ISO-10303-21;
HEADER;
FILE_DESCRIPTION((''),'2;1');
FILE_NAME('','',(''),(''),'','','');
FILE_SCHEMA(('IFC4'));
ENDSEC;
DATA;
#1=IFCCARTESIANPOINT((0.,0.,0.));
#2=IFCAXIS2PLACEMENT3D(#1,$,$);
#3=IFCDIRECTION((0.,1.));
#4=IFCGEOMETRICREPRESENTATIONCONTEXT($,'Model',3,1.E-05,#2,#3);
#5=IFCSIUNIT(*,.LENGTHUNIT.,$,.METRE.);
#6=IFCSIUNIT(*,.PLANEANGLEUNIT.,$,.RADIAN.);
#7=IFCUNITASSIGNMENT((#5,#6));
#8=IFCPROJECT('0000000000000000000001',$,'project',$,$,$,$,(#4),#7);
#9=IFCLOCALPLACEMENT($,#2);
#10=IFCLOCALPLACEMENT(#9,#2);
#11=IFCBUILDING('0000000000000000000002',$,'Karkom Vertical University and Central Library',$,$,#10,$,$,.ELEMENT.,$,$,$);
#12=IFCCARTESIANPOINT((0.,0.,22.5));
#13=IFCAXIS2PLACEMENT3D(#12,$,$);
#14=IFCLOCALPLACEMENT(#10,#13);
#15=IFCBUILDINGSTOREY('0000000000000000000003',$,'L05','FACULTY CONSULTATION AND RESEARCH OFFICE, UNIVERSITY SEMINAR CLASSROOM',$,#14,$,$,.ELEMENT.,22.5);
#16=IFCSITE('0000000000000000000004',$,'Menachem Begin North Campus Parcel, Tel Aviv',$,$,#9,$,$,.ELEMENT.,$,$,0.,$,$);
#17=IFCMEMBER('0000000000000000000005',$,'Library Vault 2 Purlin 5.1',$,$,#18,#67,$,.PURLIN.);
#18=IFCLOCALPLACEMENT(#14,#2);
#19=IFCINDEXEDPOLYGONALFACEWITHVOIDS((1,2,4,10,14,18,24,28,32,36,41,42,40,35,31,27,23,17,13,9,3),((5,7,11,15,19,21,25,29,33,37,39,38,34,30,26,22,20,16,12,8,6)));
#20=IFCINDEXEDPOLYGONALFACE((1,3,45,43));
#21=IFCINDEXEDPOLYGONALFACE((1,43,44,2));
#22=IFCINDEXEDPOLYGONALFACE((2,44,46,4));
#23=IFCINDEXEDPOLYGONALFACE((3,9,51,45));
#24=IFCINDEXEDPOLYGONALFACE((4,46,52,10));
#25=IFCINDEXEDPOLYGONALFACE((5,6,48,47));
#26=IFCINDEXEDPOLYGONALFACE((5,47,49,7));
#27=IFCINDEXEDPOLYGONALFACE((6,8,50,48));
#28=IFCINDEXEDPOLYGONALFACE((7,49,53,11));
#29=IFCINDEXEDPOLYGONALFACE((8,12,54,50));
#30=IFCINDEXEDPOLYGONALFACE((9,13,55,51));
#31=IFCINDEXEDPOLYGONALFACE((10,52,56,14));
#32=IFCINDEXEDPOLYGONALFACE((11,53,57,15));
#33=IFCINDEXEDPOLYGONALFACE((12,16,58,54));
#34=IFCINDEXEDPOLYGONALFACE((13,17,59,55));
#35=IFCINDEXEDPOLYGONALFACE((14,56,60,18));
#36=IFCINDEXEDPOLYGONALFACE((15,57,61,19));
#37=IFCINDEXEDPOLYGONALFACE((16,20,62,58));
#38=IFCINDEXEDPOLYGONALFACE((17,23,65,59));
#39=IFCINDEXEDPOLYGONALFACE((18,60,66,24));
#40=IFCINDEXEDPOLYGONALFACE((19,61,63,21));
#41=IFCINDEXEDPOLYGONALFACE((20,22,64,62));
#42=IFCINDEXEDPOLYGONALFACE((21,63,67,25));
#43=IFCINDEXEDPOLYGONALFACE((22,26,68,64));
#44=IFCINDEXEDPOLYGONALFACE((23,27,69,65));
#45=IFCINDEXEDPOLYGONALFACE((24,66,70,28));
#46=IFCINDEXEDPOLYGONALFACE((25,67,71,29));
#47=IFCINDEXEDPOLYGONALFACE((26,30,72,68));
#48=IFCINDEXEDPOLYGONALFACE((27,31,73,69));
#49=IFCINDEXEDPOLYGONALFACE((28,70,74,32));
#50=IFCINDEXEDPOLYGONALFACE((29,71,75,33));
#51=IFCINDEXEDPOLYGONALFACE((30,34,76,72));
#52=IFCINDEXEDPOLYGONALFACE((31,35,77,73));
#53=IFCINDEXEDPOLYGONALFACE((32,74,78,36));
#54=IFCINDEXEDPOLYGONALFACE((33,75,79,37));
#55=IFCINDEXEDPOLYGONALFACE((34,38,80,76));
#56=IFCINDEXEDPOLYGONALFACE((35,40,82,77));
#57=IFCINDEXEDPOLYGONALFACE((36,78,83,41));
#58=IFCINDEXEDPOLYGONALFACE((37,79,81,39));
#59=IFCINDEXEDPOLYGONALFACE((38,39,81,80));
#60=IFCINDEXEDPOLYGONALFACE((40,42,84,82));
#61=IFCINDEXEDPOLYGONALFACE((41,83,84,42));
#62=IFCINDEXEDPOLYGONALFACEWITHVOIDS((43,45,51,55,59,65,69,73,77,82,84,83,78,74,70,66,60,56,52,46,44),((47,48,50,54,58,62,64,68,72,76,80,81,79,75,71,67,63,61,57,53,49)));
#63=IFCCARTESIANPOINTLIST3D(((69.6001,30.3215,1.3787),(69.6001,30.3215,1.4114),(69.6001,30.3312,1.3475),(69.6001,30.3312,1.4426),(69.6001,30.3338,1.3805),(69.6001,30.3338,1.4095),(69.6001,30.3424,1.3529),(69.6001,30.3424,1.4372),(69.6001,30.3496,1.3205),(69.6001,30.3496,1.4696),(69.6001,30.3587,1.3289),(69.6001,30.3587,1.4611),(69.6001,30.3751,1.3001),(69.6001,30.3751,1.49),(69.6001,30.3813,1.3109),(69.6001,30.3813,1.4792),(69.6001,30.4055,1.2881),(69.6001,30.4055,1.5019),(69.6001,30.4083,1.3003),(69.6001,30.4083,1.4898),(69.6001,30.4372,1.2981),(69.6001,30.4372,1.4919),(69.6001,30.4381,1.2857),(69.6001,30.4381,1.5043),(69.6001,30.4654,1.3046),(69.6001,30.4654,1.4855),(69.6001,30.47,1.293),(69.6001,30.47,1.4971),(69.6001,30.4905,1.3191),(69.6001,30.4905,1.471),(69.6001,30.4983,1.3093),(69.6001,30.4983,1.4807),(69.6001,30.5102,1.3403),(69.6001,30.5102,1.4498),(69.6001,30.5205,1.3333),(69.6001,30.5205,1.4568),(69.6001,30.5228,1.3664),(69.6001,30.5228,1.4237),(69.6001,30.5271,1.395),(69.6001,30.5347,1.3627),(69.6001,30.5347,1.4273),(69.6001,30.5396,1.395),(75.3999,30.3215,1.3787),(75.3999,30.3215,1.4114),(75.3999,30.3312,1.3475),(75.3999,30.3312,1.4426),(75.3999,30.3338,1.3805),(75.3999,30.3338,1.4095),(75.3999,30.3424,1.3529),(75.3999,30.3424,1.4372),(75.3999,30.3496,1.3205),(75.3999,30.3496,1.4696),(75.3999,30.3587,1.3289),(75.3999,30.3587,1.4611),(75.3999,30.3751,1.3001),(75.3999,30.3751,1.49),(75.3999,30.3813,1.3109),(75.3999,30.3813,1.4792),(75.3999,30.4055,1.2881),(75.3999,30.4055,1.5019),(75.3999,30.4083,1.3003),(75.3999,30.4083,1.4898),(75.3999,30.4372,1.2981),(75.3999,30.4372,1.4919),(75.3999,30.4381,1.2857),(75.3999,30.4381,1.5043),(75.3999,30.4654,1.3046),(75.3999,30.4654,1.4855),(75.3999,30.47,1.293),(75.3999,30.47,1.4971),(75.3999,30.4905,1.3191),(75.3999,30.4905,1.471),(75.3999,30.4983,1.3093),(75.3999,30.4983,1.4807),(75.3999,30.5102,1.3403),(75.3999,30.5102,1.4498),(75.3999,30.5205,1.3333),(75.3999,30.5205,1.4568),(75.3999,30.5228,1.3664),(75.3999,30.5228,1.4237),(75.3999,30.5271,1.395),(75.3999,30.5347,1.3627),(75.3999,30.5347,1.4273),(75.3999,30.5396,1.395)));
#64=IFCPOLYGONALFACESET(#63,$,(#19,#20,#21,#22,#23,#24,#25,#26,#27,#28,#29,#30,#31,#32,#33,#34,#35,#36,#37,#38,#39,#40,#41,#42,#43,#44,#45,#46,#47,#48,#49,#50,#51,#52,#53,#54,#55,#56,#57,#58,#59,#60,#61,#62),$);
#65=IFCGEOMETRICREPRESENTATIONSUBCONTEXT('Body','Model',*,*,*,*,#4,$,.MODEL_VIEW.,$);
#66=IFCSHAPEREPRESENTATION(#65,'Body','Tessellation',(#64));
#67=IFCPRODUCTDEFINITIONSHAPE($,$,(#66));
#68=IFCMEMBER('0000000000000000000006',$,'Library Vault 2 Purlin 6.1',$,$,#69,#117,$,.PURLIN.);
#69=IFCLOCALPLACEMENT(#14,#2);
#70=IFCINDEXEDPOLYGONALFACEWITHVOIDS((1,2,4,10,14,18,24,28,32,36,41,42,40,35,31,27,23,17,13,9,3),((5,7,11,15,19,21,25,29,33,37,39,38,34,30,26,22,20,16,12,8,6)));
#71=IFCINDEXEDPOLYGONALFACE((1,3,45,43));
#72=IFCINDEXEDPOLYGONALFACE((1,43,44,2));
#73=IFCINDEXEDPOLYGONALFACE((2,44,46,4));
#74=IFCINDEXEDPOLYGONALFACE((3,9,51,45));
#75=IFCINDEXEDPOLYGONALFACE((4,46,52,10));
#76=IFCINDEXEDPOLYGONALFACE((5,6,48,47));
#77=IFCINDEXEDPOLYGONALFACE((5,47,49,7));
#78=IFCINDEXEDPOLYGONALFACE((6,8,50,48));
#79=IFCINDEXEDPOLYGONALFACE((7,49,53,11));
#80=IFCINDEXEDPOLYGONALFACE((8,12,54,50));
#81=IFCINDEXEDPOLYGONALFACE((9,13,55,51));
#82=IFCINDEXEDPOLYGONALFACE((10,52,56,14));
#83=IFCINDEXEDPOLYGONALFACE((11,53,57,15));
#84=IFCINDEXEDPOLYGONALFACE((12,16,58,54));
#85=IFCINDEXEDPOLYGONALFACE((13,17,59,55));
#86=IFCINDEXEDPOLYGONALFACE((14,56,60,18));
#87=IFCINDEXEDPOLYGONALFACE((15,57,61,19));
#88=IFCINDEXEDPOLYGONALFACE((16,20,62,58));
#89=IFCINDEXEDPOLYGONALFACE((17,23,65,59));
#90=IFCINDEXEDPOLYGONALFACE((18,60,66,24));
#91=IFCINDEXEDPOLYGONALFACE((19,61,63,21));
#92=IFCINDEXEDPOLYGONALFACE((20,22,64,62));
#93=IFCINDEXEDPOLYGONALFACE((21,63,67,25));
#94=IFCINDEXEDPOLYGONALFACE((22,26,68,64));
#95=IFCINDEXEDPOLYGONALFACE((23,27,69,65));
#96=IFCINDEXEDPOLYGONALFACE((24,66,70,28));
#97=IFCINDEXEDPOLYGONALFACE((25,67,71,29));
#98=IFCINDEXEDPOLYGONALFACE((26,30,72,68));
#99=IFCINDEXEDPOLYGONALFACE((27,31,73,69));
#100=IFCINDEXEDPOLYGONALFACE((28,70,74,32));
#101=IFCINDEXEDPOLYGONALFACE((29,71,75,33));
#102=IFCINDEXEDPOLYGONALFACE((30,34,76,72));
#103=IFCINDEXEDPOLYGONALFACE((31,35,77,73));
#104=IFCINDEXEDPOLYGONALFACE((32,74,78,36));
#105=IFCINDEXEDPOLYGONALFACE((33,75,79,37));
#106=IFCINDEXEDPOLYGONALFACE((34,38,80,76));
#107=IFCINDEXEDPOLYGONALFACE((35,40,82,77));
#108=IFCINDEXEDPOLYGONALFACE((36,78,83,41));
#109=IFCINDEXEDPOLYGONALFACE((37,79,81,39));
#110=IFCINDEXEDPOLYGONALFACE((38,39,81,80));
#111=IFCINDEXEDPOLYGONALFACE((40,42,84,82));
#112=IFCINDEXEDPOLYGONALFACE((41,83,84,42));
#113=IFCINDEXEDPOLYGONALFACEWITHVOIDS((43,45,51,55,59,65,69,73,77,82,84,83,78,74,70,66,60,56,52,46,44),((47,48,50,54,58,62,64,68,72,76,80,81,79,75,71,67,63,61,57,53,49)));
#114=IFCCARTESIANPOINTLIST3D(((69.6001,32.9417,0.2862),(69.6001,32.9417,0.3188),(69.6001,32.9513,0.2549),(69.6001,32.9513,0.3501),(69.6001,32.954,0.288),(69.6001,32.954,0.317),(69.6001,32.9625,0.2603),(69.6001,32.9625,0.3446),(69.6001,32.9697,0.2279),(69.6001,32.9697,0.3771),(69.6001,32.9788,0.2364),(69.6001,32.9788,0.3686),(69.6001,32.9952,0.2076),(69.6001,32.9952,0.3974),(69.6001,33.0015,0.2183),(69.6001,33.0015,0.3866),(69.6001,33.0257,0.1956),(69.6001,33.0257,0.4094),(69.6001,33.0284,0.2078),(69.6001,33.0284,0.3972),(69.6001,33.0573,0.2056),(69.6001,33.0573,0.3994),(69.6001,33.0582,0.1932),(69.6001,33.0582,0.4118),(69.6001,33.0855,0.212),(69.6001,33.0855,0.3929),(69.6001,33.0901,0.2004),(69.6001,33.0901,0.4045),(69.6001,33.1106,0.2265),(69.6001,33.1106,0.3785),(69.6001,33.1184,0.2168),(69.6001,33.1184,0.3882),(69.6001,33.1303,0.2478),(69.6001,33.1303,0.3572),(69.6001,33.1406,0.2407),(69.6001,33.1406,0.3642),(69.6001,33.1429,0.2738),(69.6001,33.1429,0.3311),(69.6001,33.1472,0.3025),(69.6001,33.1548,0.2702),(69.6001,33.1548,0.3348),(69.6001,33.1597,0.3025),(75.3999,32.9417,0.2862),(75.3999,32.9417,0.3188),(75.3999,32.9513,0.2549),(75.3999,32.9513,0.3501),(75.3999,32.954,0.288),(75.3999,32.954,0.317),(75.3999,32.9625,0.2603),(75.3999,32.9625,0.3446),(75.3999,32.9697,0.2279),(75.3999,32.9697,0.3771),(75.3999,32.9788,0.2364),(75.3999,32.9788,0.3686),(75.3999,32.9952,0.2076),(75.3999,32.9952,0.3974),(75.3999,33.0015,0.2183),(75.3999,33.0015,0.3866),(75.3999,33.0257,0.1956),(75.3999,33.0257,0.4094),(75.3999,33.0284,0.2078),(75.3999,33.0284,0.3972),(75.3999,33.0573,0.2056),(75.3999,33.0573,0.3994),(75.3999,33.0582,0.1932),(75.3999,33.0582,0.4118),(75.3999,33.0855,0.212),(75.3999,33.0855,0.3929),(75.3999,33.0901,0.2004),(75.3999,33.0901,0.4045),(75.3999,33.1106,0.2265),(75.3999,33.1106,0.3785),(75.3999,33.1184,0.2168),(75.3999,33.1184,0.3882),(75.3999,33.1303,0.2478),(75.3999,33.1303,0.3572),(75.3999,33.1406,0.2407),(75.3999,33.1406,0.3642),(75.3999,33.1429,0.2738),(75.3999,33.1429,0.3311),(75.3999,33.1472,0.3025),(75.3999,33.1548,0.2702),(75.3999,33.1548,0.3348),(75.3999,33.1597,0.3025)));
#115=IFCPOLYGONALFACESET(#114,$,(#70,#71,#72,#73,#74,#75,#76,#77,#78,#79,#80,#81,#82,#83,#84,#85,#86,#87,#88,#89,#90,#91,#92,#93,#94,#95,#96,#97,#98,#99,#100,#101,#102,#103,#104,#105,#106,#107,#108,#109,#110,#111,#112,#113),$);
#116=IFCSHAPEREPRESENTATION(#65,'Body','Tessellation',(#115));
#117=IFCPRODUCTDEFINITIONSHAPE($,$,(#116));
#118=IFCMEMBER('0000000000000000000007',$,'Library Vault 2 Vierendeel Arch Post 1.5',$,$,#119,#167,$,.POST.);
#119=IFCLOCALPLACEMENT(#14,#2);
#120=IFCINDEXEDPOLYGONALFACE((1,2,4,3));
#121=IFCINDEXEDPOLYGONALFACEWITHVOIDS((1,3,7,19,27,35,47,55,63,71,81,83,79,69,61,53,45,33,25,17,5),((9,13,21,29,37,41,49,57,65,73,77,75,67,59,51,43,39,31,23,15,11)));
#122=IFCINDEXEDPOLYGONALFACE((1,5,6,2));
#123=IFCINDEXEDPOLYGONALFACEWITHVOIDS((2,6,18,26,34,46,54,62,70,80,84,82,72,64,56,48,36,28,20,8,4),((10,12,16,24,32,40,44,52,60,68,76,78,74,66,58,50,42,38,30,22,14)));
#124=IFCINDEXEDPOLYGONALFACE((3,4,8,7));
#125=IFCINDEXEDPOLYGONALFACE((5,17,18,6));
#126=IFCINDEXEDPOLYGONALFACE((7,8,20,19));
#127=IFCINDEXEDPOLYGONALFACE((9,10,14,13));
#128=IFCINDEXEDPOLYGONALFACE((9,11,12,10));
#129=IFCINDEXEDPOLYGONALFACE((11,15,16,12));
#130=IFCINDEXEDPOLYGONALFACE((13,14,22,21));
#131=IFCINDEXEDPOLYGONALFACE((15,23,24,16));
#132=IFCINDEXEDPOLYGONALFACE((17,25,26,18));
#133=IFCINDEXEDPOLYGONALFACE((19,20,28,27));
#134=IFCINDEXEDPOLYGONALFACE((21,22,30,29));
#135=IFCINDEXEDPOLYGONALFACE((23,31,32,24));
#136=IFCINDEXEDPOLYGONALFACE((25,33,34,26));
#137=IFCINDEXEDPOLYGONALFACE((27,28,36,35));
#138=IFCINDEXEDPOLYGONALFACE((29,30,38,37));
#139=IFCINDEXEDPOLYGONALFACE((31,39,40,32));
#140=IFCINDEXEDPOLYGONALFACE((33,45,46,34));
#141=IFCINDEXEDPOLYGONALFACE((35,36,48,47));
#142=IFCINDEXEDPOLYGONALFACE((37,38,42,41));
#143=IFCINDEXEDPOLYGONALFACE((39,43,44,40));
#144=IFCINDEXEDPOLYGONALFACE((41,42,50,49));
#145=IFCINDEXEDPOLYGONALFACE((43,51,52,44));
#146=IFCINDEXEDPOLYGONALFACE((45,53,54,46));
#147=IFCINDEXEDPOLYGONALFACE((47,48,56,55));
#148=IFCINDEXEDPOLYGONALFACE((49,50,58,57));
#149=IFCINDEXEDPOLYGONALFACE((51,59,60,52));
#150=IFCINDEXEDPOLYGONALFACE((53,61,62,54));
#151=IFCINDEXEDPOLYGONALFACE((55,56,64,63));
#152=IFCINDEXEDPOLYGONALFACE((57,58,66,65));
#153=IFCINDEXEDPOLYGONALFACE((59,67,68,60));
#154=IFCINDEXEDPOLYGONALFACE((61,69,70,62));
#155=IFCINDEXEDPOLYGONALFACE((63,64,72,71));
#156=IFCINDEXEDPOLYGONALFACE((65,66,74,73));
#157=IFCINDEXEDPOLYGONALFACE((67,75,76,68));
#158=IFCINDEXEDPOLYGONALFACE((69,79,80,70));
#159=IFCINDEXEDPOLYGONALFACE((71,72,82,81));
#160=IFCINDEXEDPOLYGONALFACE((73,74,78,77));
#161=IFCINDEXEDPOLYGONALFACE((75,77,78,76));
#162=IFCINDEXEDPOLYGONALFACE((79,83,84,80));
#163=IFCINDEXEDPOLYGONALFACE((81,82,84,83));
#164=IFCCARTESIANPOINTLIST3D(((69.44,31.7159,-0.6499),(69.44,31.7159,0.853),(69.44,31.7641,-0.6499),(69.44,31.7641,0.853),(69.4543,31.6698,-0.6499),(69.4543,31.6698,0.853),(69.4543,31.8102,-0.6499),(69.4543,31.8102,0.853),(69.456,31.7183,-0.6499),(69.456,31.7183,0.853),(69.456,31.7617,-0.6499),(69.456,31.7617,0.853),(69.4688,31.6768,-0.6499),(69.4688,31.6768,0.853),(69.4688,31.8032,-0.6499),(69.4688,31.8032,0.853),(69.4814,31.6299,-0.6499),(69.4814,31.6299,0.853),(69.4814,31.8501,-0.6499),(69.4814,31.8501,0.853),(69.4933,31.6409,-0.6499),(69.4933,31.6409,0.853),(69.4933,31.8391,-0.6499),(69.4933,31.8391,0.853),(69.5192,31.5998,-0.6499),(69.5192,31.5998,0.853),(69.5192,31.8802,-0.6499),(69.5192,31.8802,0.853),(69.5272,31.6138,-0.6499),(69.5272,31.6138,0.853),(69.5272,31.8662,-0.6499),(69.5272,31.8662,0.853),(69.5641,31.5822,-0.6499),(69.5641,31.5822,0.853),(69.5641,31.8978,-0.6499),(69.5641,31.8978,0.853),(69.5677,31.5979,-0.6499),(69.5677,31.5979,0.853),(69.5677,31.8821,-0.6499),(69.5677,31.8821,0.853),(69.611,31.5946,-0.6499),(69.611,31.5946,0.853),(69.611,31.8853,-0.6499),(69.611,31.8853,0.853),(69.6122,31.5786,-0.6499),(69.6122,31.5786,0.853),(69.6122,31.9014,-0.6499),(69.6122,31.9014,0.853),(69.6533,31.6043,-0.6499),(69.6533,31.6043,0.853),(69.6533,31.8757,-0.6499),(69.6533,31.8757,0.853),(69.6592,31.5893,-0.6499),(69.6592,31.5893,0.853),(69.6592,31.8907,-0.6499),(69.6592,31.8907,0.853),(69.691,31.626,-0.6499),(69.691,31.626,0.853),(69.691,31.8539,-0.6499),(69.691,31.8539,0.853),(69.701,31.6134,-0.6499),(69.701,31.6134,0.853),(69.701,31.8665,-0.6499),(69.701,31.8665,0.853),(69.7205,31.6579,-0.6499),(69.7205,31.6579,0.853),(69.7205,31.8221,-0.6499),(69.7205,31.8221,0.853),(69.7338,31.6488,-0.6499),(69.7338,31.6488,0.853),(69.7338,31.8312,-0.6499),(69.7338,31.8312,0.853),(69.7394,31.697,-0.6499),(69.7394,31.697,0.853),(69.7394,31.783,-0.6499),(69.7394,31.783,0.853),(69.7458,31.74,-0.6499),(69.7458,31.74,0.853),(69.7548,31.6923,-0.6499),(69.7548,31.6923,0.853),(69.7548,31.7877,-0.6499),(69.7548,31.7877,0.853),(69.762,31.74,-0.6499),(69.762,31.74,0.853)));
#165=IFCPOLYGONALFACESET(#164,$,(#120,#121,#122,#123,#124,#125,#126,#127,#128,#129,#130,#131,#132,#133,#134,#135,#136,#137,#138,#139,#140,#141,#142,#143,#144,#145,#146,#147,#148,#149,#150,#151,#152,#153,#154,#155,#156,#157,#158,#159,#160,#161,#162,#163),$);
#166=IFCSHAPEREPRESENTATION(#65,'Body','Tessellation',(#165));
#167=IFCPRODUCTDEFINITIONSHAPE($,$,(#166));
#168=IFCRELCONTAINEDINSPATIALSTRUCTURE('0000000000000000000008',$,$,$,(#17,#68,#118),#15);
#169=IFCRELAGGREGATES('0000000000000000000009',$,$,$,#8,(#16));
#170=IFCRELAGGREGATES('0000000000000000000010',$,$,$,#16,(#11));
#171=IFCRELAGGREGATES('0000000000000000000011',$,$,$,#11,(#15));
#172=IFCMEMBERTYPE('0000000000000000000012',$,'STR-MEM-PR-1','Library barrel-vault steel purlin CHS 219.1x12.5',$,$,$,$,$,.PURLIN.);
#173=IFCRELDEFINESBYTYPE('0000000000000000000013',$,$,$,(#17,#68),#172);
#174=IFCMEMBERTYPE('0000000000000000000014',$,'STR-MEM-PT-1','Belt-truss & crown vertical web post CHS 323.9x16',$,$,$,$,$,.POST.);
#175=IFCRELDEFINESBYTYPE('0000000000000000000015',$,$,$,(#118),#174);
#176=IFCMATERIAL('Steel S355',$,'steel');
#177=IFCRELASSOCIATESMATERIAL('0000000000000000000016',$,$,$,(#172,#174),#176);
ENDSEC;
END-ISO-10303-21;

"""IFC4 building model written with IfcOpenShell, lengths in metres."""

from ifc_helpers import new_model, si_unit, direction, frame, origin, origin_with_axes, origin_2d, place, context, subcontext, project, spatial, hollow_circle, extrude, source, transform, mapped, material, material_profile, profile_set, type_object, element, save


model = new_model("IFC4")

# Units and contexts
model_context = context("Model", 3, precision=1e-05, world=origin(), true_north=direction((0.0, 1.0)))
body_context = subcontext(model_context, "Body", "Model", "MODEL_VIEW")
ifc_project = project(units=[si_unit("LENGTHUNIT", "METRE"), si_unit("PLANEANGLEUNIT", "RADIAN")], contexts=[model_context])

# Site, building, storey
site_placement = place(None, origin())
site = spatial("IfcSite", under=ifc_project, at=site_placement, Name="Menachem Begin North Campus Parcel, Tel Aviv", CompositionType="ELEMENT", RefElevation=0.0)
building_placement = place(site_placement, origin())
building = spatial("IfcBuilding", under=site, at=building_placement, Name="Karkom Vertical University and Central Library", CompositionType="ELEMENT")
storey_placement = place(building_placement, frame((0.0, 0.0, 22.5)))
storey = spatial("IfcBuildingStorey", under=building, at=storey_placement, Name="L05", Description="FACULTY CONSULTATION AND RESEARCH OFFICE, UNIVERSITY SEMINAR CLASSROOM", CompositionType="ELEMENT", Elevation=22.5)

# Members
ifc_material_1 = material(Name="Steel S355", Category="steel")
ifc_material_profile_1 = material_profile(ifc_material_1, hollow_circle(Radius=0.1096, WallThickness=0.0125, at=origin_2d()), Name="CHS 219.1x12.5")
ifc_profile_set_1 = profile_set([ifc_material_profile_1], Name="Steel S355")
member_type_1 = type_object("IfcMemberType", Name="STR-MEM-PR-1", Description="Library barrel-vault steel purlin CHS 219.1x12.5", PredefinedType="PURLIN", material=ifc_profile_set_1)
shared_shape_1 = source(origin_with_axes(), body_context, "Body", "SweptSolid", [
    extrude(hollow_circle(Radius=0.1096, WallThickness=0.0125, at=origin_2d()), origin(), (0.0, 0.0, 1.0), 5.7998),
])
for number, where, z_axis, x_axis, name in (
    (1, (69.6001, 30.4299, 1.395), (1.0, 0.0, 0.0), (0.0, 1.0, 0.0), "Library Vault 2 Purlin 5.1"),
    (2, (69.6001, 33.05, 0.3025), (1.0, 0.0, 0.0), (0.0, 1.0, 0.0), "Library Vault 2 Purlin 6.1"),
):
    element("IfcMember", number, at=place(storey_placement, frame(where, z_axis=z_axis, x_axis=x_axis)), inside=storey, type_object=member_type_1, Name=name, PredefinedType="PURLIN", context=body_context, shape_type="MappedRepresentation", body=[
        mapped(shared_shape_1, transform((0.0, 0.0, 0.0), scale=1.0)),
    ])
ifc_material_profile_2 = material_profile(ifc_material_1, hollow_circle(Radius=0.1619, WallThickness=0.0161, at=origin_2d()), Name="CHS 323.9x16")
ifc_profile_set_2 = profile_set([ifc_material_profile_2], Name="Steel S355")
member_type_2 = type_object("IfcMemberType", Name="STR-MEM-PT-1", Description="Belt-truss & crown vertical web post CHS 323.9x16", PredefinedType="POST", material=ifc_profile_set_2)
shared_shape_2 = source(origin_with_axes(), body_context, "Body", "SweptSolid", [
    extrude(hollow_circle(Radius=0.1619, WallThickness=0.0161, at=origin_2d()), origin(), (0.0, 0.0, 1.0), 1.5029),
])
member_1_placement = place(storey_placement, frame((69.6001, 31.74, -0.6499), z_axis=(0.0, 0.0, 1.0), x_axis=(1.0, 0.0, 0.0)))
element("IfcMember", 3, at=member_1_placement, inside=storey, type_object=member_type_2, Name="Library Vault 2 Vierendeel Arch Post 1.5", PredefinedType="POST", context=body_context, shape_type="MappedRepresentation", body=[
    mapped(shared_shape_2, transform((0.0, 0.0, 0.0), scale=1.0)),
])

save(model, "model.ifc")
